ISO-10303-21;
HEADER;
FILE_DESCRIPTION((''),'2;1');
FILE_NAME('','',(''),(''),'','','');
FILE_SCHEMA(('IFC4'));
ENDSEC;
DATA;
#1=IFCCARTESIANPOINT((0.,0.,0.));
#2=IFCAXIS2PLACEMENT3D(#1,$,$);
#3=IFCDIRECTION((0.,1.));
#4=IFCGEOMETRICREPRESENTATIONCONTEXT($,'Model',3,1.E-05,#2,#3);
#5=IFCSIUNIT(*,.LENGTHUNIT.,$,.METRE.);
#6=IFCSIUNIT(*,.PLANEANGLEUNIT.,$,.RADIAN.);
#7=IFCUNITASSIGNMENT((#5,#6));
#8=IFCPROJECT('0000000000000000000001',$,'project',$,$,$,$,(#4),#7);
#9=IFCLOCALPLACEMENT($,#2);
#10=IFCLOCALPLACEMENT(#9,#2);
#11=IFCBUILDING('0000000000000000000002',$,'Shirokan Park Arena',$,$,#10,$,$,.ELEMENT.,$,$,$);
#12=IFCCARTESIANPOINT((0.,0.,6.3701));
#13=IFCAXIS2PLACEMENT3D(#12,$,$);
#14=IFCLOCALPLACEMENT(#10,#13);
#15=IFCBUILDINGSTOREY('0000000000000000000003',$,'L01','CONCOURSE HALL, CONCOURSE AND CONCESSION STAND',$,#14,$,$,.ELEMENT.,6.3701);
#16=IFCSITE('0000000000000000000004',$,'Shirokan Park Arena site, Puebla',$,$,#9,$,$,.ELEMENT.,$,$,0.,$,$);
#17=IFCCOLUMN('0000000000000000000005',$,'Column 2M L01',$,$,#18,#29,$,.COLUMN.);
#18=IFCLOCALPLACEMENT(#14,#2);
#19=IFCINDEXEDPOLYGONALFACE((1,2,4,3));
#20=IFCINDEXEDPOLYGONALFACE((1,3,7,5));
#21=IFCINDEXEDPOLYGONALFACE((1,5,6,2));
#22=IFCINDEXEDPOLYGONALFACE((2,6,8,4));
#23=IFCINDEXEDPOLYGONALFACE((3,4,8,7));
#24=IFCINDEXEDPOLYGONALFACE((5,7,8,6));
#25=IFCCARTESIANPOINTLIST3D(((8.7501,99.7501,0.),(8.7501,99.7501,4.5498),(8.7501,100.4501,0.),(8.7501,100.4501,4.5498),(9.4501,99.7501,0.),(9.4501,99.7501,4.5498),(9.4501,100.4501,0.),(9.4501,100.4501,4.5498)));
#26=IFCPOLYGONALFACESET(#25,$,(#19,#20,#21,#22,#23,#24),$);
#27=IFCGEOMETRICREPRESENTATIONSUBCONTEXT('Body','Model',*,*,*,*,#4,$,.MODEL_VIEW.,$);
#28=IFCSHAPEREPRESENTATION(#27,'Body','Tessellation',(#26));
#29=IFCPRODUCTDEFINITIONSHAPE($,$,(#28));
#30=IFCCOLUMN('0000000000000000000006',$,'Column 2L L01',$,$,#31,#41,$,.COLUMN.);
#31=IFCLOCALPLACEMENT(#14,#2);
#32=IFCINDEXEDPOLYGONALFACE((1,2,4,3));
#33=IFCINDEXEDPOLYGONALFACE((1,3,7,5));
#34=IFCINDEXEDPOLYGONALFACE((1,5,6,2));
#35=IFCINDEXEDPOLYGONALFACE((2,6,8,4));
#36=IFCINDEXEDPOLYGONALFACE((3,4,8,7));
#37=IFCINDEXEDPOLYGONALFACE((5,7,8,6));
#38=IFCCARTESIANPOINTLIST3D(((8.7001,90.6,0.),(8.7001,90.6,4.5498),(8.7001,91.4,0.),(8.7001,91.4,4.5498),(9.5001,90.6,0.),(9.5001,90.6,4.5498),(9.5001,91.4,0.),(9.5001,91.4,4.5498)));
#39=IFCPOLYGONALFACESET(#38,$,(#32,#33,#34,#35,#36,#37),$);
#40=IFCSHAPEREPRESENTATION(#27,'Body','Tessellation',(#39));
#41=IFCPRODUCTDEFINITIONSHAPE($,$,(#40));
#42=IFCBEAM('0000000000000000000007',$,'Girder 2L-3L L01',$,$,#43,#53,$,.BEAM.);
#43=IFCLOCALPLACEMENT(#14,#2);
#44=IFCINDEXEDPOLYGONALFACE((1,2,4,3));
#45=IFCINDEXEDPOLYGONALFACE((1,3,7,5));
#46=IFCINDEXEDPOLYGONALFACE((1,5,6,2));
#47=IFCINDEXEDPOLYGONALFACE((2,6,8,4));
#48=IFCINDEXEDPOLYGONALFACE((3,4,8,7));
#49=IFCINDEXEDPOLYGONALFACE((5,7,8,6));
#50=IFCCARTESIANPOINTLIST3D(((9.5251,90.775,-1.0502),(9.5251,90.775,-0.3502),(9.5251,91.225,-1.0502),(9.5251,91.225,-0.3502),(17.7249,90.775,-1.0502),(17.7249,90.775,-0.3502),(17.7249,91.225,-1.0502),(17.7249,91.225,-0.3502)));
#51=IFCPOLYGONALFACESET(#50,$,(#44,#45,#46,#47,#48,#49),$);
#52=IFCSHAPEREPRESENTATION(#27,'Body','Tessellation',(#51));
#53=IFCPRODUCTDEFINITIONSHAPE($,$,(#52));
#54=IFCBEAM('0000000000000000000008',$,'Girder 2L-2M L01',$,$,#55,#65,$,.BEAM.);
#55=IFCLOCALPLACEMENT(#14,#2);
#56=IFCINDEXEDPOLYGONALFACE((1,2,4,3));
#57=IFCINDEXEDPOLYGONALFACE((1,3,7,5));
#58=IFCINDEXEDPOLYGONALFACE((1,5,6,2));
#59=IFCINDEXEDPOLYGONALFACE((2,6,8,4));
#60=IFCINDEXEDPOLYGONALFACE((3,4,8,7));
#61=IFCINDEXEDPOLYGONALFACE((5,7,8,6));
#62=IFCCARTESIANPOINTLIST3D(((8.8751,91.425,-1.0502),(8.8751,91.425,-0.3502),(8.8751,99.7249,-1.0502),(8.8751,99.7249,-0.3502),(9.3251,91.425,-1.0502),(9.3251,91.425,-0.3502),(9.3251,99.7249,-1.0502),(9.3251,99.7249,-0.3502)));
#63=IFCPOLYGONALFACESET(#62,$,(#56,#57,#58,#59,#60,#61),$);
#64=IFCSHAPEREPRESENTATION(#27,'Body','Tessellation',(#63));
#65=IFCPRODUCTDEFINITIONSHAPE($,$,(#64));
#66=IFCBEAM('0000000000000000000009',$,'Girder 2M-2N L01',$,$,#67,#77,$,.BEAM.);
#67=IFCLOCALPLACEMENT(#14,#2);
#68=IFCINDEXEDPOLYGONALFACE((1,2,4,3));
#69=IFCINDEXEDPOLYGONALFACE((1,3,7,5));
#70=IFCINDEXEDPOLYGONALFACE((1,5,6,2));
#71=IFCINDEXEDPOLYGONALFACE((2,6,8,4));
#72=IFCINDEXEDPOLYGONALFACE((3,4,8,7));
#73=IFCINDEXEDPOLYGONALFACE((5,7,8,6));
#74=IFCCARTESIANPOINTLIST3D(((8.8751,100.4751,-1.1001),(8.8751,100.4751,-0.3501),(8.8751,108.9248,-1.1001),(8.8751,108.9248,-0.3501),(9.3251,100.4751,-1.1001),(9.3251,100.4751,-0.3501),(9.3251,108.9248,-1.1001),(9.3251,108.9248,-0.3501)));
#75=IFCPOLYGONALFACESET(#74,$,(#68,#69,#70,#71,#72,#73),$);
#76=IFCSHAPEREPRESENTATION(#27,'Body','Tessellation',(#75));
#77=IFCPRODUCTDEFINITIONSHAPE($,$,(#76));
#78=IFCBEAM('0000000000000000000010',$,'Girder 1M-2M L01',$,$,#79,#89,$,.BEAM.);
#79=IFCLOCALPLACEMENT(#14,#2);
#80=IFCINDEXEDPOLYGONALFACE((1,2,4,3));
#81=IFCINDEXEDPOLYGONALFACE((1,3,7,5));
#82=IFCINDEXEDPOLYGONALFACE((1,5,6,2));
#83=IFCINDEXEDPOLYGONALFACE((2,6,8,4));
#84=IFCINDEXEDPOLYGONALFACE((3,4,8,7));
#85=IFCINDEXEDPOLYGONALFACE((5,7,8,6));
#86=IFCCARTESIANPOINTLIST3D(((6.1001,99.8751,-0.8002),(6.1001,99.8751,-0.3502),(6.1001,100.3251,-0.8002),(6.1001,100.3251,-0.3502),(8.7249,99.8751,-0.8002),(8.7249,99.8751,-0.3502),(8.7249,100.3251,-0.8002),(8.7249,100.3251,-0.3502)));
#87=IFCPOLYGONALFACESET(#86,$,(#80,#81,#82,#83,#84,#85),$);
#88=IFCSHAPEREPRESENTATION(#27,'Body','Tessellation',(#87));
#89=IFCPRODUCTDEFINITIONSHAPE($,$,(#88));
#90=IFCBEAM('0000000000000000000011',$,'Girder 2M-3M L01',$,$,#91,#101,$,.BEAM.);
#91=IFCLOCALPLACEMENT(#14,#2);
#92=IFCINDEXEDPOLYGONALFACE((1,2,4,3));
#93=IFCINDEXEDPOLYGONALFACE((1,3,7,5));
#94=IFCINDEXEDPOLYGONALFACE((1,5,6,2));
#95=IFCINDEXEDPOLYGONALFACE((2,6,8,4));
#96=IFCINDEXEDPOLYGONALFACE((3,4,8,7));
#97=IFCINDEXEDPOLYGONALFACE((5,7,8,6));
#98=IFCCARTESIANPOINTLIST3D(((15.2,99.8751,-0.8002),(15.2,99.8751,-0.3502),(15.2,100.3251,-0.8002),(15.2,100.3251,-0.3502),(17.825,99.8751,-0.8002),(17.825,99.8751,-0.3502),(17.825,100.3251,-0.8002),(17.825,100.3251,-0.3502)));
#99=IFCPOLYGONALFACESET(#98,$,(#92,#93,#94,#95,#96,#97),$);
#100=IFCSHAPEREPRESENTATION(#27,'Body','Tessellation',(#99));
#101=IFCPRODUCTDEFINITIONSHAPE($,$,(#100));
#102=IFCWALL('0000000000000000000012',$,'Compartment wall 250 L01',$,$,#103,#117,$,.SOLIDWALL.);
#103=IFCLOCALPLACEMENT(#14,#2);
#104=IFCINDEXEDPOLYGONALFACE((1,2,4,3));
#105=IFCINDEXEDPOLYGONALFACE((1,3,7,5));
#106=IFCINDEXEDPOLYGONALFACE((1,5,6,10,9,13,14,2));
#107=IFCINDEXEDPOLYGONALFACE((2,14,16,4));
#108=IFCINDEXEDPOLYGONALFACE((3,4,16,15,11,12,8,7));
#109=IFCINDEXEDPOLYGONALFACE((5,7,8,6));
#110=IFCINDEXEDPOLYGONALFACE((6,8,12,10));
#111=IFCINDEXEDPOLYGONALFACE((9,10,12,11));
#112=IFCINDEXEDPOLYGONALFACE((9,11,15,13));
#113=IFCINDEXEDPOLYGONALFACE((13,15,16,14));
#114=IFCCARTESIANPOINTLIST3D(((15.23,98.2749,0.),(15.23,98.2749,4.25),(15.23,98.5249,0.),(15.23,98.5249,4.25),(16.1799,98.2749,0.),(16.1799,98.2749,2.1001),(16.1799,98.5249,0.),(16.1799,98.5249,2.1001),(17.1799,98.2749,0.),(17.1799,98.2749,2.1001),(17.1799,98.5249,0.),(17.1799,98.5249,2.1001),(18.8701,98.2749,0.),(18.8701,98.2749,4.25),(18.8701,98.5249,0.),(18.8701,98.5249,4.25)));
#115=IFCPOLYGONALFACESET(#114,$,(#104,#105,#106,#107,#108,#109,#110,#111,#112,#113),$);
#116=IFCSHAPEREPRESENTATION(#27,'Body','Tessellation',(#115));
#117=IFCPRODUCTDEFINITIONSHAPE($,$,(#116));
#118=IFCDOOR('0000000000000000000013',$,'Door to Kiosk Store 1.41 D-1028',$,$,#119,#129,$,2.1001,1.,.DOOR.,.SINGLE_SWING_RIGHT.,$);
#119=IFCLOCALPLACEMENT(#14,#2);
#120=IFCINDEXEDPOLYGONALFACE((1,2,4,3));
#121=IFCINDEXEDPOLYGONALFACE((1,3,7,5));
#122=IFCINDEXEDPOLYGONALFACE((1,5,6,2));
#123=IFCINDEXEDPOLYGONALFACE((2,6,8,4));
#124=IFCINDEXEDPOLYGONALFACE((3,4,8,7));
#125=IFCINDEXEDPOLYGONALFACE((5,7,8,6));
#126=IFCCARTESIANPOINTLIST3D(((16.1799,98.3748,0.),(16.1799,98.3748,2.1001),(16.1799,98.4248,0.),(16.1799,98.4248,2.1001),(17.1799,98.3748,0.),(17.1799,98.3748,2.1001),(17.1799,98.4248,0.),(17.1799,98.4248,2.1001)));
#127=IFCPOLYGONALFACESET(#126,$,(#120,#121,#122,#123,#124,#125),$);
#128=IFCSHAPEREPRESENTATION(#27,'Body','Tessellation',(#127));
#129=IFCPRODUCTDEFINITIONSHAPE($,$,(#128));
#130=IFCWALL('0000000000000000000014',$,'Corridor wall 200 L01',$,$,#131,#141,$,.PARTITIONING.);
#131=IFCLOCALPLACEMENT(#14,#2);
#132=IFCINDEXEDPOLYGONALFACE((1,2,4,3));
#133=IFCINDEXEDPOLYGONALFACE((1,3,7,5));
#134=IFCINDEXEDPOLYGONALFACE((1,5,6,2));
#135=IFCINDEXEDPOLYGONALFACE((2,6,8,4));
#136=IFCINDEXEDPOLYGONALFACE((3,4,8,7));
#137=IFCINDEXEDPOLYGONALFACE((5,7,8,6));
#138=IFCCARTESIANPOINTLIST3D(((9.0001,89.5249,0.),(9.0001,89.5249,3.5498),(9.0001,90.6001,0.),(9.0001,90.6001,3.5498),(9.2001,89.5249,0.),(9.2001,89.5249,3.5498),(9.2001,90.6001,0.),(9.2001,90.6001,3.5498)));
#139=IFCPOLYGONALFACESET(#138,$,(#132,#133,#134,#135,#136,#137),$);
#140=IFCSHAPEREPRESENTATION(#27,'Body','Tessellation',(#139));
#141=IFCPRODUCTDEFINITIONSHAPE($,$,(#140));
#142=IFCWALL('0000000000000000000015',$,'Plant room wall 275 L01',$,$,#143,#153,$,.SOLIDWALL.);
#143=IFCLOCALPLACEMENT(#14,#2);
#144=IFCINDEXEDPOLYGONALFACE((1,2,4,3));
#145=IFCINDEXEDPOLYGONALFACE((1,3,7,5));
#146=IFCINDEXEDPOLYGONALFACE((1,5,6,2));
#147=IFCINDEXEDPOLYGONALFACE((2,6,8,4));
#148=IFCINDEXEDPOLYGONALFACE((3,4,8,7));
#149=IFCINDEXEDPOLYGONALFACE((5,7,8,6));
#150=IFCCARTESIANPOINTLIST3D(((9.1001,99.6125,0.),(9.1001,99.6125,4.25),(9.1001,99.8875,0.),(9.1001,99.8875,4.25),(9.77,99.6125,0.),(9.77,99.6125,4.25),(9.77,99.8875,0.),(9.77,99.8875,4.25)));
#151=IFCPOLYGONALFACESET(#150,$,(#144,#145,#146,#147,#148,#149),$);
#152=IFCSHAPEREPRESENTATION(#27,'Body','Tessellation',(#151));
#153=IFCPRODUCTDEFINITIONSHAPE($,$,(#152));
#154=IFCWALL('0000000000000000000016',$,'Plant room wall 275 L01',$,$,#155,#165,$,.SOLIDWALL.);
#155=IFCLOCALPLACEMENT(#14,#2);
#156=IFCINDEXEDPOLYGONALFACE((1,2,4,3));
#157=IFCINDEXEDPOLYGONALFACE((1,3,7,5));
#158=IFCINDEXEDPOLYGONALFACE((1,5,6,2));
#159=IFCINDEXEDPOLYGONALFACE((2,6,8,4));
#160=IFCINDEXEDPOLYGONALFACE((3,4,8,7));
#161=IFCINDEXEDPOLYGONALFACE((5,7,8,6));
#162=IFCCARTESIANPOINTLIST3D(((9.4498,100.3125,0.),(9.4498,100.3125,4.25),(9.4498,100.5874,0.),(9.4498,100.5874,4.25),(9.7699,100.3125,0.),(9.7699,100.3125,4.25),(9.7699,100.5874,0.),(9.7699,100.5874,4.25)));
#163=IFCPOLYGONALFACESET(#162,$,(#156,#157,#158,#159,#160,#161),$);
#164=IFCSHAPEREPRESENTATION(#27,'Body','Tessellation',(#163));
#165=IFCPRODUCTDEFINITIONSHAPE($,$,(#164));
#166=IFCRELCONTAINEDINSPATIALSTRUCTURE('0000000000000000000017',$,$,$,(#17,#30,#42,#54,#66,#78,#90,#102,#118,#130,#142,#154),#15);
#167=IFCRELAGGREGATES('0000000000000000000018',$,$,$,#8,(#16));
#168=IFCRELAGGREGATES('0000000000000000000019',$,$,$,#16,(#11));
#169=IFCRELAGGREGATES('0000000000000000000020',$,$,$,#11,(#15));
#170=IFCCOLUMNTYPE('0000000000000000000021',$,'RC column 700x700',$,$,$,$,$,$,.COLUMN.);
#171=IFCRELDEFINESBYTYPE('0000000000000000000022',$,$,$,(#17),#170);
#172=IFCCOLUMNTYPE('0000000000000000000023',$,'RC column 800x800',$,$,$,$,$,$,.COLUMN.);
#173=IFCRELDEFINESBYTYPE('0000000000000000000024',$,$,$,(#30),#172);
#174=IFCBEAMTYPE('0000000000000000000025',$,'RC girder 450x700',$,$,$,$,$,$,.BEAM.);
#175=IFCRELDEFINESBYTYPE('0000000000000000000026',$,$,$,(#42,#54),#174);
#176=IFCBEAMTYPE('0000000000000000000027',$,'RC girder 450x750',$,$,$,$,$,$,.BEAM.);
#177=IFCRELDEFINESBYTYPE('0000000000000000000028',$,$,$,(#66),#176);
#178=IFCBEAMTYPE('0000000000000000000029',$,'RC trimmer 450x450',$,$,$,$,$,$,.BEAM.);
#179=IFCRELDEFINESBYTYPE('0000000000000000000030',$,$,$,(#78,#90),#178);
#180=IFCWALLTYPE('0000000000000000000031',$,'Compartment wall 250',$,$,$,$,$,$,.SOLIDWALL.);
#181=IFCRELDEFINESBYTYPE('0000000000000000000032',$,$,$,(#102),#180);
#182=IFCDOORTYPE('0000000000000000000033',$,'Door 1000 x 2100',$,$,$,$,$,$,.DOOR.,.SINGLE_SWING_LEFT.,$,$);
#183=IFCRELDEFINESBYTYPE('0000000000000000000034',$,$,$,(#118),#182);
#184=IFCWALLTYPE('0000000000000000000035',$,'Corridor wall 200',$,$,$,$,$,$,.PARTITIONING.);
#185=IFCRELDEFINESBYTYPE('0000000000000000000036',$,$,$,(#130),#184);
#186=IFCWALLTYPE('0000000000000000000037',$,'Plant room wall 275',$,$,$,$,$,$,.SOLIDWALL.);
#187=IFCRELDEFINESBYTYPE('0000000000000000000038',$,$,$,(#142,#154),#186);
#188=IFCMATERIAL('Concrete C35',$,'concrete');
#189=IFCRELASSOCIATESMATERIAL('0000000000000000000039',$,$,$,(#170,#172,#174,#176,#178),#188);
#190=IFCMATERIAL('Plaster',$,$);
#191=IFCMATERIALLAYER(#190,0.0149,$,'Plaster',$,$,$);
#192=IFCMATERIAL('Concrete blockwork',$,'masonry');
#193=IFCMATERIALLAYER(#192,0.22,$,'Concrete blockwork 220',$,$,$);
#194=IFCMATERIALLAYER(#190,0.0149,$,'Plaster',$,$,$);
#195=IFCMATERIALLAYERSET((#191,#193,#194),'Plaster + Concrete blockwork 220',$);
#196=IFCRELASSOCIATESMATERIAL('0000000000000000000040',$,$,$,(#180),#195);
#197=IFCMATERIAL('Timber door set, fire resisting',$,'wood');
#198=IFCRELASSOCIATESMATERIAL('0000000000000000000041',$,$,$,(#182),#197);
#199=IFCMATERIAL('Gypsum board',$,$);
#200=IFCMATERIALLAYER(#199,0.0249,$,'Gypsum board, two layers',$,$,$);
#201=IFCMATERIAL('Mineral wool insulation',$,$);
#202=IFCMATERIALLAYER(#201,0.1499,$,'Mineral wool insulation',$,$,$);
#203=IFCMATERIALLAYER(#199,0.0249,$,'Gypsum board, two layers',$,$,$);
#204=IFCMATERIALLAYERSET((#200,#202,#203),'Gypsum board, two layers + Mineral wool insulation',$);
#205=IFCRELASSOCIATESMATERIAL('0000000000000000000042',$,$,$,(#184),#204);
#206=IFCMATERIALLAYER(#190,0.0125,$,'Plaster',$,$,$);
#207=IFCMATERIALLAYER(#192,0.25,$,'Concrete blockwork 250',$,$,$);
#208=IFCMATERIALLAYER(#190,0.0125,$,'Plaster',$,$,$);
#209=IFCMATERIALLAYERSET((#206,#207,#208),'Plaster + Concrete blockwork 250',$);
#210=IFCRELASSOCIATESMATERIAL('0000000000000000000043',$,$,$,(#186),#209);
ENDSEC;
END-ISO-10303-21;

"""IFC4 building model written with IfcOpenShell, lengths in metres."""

from ifc_helpers import new_model, si_unit, direction, frame, frame_2d, origin, origin_2d, place, context, subcontext, project, spatial, rectangle, extrude, material, layer, layer_set, material_profile, profile_set, type_object, element, fill, save


model = new_model("IFC4")

# Units and contexts
model_context = context("Model", 3, precision=1e-05, world=origin(), true_north=direction((0.0, 1.0)))
body_context = subcontext(model_context, "Body", "Model", "MODEL_VIEW")
ifc_project = project(units=[si_unit("LENGTHUNIT", "METRE"), si_unit("PLANEANGLEUNIT", "RADIAN")], contexts=[model_context])

# Site, building, storey
site_placement = place(None, origin())
site = spatial("IfcSite", under=ifc_project, at=site_placement, Name="Shirokan Park Arena site, Puebla", CompositionType="ELEMENT", RefElevation=0.0)
building_placement = place(site_placement, origin())
building = spatial("IfcBuilding", under=site, at=building_placement, Name="Shirokan Park Arena", CompositionType="ELEMENT")
storey_placement = place(building_placement, frame((0.0, 0.0, 6.3701)))
storey = spatial("IfcBuildingStorey", under=building, at=storey_placement, Name="L01", Description="CONCOURSE HALL, CONCOURSE AND CONCESSION STAND", CompositionType="ELEMENT", Elevation=6.3701)

# Columns
ifc_material_1 = material(Name="Concrete C35", Category="concrete")
ifc_material_profile_1 = material_profile(ifc_material_1, rectangle(XDim=0.7, YDim=0.7, at=origin_2d()), Name="700x700")
ifc_profile_set_1 = profile_set([ifc_material_profile_1], Name="Concrete C35")
column_type_1 = type_object("IfcColumnType", Name="RC column 700x700", PredefinedType="COLUMN", material=ifc_profile_set_1)
column_1_placement = place(storey_placement, frame((9.1001, 100.1001, 0.0), z_axis=(0.0, 0.0, 1.0), x_axis=(1.0, 0.0, 0.0)))
element("IfcColumn", 1, at=column_1_placement, inside=storey, type_object=column_type_1, Name="Column 2M L01", PredefinedType="COLUMN", context=body_context, shape_type="SweptSolid", body=[
    extrude(rectangle(XDim=0.7, YDim=0.7, at=origin_2d()), origin(), (0.0, 0.0, 1.0), 4.5498),
])
ifc_material_profile_2 = material_profile(ifc_material_1, rectangle(XDim=0.8, YDim=0.8, at=origin_2d()), Name="800x800")
ifc_profile_set_2 = profile_set([ifc_material_profile_2], Name="Concrete C35")
column_type_2 = type_object("IfcColumnType", Name="RC column 800x800", PredefinedType="COLUMN", material=ifc_profile_set_2)
column_2_placement = place(storey_placement, frame((9.1001, 91.0, 0.0), z_axis=(0.0, 0.0, 1.0), x_axis=(1.0, 0.0, 0.0)))
element("IfcColumn", 2, at=column_2_placement, inside=storey, type_object=column_type_2, Name="Column 2L L01", PredefinedType="COLUMN", context=body_context, shape_type="SweptSolid", body=[
    extrude(rectangle(XDim=0.8, YDim=0.8, at=origin_2d()), origin(), (0.0, 0.0, 1.0), 4.5498),
])

# Beams
ifc_material_profile_3 = material_profile(ifc_material_1, rectangle(XDim=0.45, YDim=0.7, at=origin_2d()), Name="450x700")
ifc_profile_set_3 = profile_set([ifc_material_profile_3], Name="Concrete C35")
beam_type_1 = type_object("IfcBeamType", Name="RC girder 450x700", PredefinedType="BEAM", material=ifc_profile_set_3)
beam_1_placement = place(storey_placement, frame((9.5251, 91.0, -0.7002), z_axis=(1.0, 0.0, 0.0), x_axis=(0.0, 1.0, 0.0)))
element("IfcBeam", 3, at=beam_1_placement, inside=storey, type_object=beam_type_1, Name="Girder 2L-3L L01", PredefinedType="BEAM", context=body_context, shape_type="SweptSolid", body=[
    extrude(rectangle(XDim=0.45, YDim=0.7, at=origin_2d()), origin(), (0.0, 0.0, 1.0), 8.1997),
])
beam_2_placement = place(storey_placement, frame((9.1001, 91.425, -0.7002), z_axis=(0.0, 1.0, 0.0), x_axis=(-1.0, 0.0, 0.0)))
element("IfcBeam", 4, at=beam_2_placement, inside=storey, type_object=beam_type_1, Name="Girder 2L-2M L01", PredefinedType="BEAM", context=body_context, shape_type="SweptSolid", body=[
    extrude(rectangle(XDim=0.45, YDim=0.7, at=origin_2d()), origin(), (0.0, 0.0, 1.0), 8.2998),
])
ifc_material_profile_4 = material_profile(ifc_material_1, rectangle(XDim=0.45, YDim=0.75, at=origin_2d()), Name="450x750")
ifc_profile_set_4 = profile_set([ifc_material_profile_4], Name="Concrete C35")
beam_type_2 = type_object("IfcBeamType", Name="RC girder 450x750", PredefinedType="BEAM", material=ifc_profile_set_4)
beam_3_placement = place(storey_placement, frame((9.1001, 100.4751, -0.7251), z_axis=(0.0, 1.0, 0.0), x_axis=(-1.0, 0.0, 0.0)))
element("IfcBeam", 5, at=beam_3_placement, inside=storey, type_object=beam_type_2, Name="Girder 2M-2N L01", PredefinedType="BEAM", context=body_context, shape_type="SweptSolid", body=[
    extrude(rectangle(XDim=0.45, YDim=0.75, at=origin_2d()), origin(), (0.0, 0.0, 1.0), 8.4497),
])
ifc_material_profile_5 = material_profile(ifc_material_1, rectangle(XDim=0.45, YDim=0.45, at=origin_2d()), Name="450x450")
ifc_profile_set_5 = profile_set([ifc_material_profile_5], Name="Concrete C35")
beam_type_3 = type_object("IfcBeamType", Name="RC trimmer 450x450", PredefinedType="BEAM", material=ifc_profile_set_5)
beam_4_placement = place(storey_placement, frame((6.1001, 100.1001, -0.5752), z_axis=(1.0, 0.0, 0.0), x_axis=(0.0, 1.0, 0.0)))
element("IfcBeam", 6, at=beam_4_placement, inside=storey, type_object=beam_type_3, Name="Girder 1M-2M L01", PredefinedType="BEAM", context=body_context, shape_type="SweptSolid", body=[
    extrude(rectangle(XDim=0.45, YDim=0.45, at=origin_2d()), origin(), (0.0, 0.0, 1.0), 2.6248),
])
beam_5_placement = place(storey_placement, frame((15.2, 100.1001, -0.5752), z_axis=(1.0, 0.0, 0.0), x_axis=(0.0, 1.0, 0.0)))
element("IfcBeam", 7, at=beam_5_placement, inside=storey, type_object=beam_type_3, Name="Girder 2M-3M L01", PredefinedType="BEAM", context=body_context, shape_type="SweptSolid", body=[
    extrude(rectangle(XDim=0.45, YDim=0.45, at=origin_2d()), origin(), (0.0, 0.0, 1.0), 2.625),
])

# Wall, opening, door
ifc_material_2 = material(Name="Plaster")
ifc_layer_1 = layer(ifc_material_2, 0.0149, Name="Plaster")
ifc_material_3 = material(Name="Concrete blockwork", Category="masonry")
ifc_layer_2 = layer(ifc_material_3, 0.22, Name="Concrete blockwork 220")
ifc_layer_3 = layer(ifc_material_2, 0.0149, Name="Plaster")
ifc_layer_set_1 = layer_set([ifc_layer_1, ifc_layer_2, ifc_layer_3], Name="Plaster + Concrete blockwork 220")
wall_type_1 = type_object("IfcWallType", Name="Compartment wall 250", PredefinedType="SOLIDWALL", material=ifc_layer_set_1)
wall_1_placement = place(storey_placement, frame((15.23, 98.3999, 0.0), z_axis=(0.0, 0.0, 1.0), x_axis=(1.0, 0.0, 0.0)))
wall_1 = element("IfcWall", 8, at=wall_1_placement, inside=storey, type_object=wall_type_1, Name="Compartment wall 250 L01", PredefinedType="SOLIDWALL", context=body_context, shape_type="SweptSolid", body=[
    extrude(rectangle(XDim=3.6401, YDim=0.25, at=frame_2d((1.8201, 0.0))), origin(), (0.0, 0.0, 1.0), 4.25),
])
opening_1_placement = place(wall_1_placement, frame((0.95, 0.0, 0.0)))
opening_1 = element("IfcOpeningElement", 9, at=opening_1_placement, cuts=wall_1, PredefinedType="OPENING", context=body_context, shape_type="SweptSolid", body=[
    extrude(rectangle(XDim=1.0, YDim=2.1001, at=frame_2d((0.5, 1.05))), frame((0.0, 0.135, 0.0), z_axis=(0.0, -1.0, 0.0), x_axis=(1.0, 0.0, 0.0)), (0.0, 0.0, 1.0), 0.27),
])
ifc_material_4 = material(Name="Timber door set, fire resisting", Category="wood")
door_type_1 = type_object("IfcDoorType", Name="Door 1000 x 2100", OperationType="SINGLE_SWING_LEFT", PredefinedType="DOOR", material=ifc_material_4)
door_1_placement = place(opening_1_placement, origin())
door_1 = element("IfcDoor", 10, at=door_1_placement, inside=storey, type_object=door_type_1, Name="Door to Kiosk Store 1.41 D-1028", OperationType="SINGLE_SWING_RIGHT", OverallHeight=2.1001, OverallWidth=1.0, PredefinedType="DOOR", context=body_context, shape_type="SweptSolid", body=[
    extrude(rectangle(XDim=1.0, YDim=2.1001, at=frame_2d((0.5, 1.05))), frame((0.0, 0.0249, 0.0), z_axis=(0.0, -1.0, 0.0), x_axis=(1.0, 0.0, 0.0)), (0.0, 0.0, 1.0), 0.05),
])
fill(opening_1, door_1)

# Wall
ifc_material_5 = material(Name="Gypsum board")
ifc_layer_4 = layer(ifc_material_5, 0.0249, Name="Gypsum board, two layers")
ifc_material_6 = material(Name="Mineral wool insulation")
ifc_layer_5 = layer(ifc_material_6, 0.1499, Name="Mineral wool insulation")
ifc_layer_6 = layer(ifc_material_5, 0.0249, Name="Gypsum board, two layers")
ifc_layer_set_2 = layer_set([ifc_layer_4, ifc_layer_5, ifc_layer_6], Name="Gypsum board, two layers + Mineral wool insulation")
wall_type_2 = type_object("IfcWallType", Name="Corridor wall 200", PredefinedType="PARTITIONING", material=ifc_layer_set_2)
wall_2_placement = place(storey_placement, frame((9.1001, 90.6001, 0.0), z_axis=(0.0, 0.0, 1.0), x_axis=(0.0, -1.0, 0.0)))
element("IfcWall", 11, at=wall_2_placement, inside=storey, type_object=wall_type_2, Name="Corridor wall 200 L01", PredefinedType="PARTITIONING", context=body_context, shape_type="SweptSolid", body=[
    extrude(rectangle(XDim=1.0752, YDim=0.2, at=frame_2d((0.5376, 0.0))), origin(), (0.0, 0.0, 1.0), 3.5498),
])

# Shared definitions
ifc_layer_7 = layer(ifc_material_2, 0.0125, Name="Plaster")
ifc_layer_8 = layer(ifc_material_3, 0.25, Name="Concrete blockwork 250")
ifc_layer_9 = layer(ifc_material_2, 0.0125, Name="Plaster")
ifc_layer_set_3 = layer_set([ifc_layer_7, ifc_layer_8, ifc_layer_9], Name="Plaster + Concrete blockwork 250")
wall_type_3 = type_object("IfcWallType", Name="Plant room wall 275", PredefinedType="SOLIDWALL", material=ifc_layer_set_3)

# Walls
wall_3_placement = place(storey_placement, frame((9.1001, 99.75, 0.0), z_axis=(0.0, 0.0, 1.0), x_axis=(1.0, 0.0, 0.0)))
element("IfcWall", 12, at=wall_3_placement, inside=storey, type_object=wall_type_3, Name="Plant room wall 275 L01", PredefinedType="SOLIDWALL", context=body_context, shape_type="SweptSolid", body=[
    extrude(rectangle(XDim=0.6699, YDim=0.2749, at=frame_2d((0.335, 0.0))), origin(), (0.0, 0.0, 1.0), 4.25),
])
wall_4_placement = place(storey_placement, frame((9.77, 100.45, 0.0), z_axis=(0.0, 0.0, 1.0), x_axis=(-1.0, 0.0, 0.0)))
element("IfcWall", 13, at=wall_4_placement, inside=storey, type_object=wall_type_3, Name="Plant room wall 275 L01", PredefinedType="SOLIDWALL", context=body_context, shape_type="SweptSolid", body=[
    extrude(rectangle(XDim=0.3201, YDim=0.2749, at=frame_2d((0.1602, 0.0))), origin(), (0.0, 0.0, 1.0), 4.25),
])

save(model, "model.ifc")
